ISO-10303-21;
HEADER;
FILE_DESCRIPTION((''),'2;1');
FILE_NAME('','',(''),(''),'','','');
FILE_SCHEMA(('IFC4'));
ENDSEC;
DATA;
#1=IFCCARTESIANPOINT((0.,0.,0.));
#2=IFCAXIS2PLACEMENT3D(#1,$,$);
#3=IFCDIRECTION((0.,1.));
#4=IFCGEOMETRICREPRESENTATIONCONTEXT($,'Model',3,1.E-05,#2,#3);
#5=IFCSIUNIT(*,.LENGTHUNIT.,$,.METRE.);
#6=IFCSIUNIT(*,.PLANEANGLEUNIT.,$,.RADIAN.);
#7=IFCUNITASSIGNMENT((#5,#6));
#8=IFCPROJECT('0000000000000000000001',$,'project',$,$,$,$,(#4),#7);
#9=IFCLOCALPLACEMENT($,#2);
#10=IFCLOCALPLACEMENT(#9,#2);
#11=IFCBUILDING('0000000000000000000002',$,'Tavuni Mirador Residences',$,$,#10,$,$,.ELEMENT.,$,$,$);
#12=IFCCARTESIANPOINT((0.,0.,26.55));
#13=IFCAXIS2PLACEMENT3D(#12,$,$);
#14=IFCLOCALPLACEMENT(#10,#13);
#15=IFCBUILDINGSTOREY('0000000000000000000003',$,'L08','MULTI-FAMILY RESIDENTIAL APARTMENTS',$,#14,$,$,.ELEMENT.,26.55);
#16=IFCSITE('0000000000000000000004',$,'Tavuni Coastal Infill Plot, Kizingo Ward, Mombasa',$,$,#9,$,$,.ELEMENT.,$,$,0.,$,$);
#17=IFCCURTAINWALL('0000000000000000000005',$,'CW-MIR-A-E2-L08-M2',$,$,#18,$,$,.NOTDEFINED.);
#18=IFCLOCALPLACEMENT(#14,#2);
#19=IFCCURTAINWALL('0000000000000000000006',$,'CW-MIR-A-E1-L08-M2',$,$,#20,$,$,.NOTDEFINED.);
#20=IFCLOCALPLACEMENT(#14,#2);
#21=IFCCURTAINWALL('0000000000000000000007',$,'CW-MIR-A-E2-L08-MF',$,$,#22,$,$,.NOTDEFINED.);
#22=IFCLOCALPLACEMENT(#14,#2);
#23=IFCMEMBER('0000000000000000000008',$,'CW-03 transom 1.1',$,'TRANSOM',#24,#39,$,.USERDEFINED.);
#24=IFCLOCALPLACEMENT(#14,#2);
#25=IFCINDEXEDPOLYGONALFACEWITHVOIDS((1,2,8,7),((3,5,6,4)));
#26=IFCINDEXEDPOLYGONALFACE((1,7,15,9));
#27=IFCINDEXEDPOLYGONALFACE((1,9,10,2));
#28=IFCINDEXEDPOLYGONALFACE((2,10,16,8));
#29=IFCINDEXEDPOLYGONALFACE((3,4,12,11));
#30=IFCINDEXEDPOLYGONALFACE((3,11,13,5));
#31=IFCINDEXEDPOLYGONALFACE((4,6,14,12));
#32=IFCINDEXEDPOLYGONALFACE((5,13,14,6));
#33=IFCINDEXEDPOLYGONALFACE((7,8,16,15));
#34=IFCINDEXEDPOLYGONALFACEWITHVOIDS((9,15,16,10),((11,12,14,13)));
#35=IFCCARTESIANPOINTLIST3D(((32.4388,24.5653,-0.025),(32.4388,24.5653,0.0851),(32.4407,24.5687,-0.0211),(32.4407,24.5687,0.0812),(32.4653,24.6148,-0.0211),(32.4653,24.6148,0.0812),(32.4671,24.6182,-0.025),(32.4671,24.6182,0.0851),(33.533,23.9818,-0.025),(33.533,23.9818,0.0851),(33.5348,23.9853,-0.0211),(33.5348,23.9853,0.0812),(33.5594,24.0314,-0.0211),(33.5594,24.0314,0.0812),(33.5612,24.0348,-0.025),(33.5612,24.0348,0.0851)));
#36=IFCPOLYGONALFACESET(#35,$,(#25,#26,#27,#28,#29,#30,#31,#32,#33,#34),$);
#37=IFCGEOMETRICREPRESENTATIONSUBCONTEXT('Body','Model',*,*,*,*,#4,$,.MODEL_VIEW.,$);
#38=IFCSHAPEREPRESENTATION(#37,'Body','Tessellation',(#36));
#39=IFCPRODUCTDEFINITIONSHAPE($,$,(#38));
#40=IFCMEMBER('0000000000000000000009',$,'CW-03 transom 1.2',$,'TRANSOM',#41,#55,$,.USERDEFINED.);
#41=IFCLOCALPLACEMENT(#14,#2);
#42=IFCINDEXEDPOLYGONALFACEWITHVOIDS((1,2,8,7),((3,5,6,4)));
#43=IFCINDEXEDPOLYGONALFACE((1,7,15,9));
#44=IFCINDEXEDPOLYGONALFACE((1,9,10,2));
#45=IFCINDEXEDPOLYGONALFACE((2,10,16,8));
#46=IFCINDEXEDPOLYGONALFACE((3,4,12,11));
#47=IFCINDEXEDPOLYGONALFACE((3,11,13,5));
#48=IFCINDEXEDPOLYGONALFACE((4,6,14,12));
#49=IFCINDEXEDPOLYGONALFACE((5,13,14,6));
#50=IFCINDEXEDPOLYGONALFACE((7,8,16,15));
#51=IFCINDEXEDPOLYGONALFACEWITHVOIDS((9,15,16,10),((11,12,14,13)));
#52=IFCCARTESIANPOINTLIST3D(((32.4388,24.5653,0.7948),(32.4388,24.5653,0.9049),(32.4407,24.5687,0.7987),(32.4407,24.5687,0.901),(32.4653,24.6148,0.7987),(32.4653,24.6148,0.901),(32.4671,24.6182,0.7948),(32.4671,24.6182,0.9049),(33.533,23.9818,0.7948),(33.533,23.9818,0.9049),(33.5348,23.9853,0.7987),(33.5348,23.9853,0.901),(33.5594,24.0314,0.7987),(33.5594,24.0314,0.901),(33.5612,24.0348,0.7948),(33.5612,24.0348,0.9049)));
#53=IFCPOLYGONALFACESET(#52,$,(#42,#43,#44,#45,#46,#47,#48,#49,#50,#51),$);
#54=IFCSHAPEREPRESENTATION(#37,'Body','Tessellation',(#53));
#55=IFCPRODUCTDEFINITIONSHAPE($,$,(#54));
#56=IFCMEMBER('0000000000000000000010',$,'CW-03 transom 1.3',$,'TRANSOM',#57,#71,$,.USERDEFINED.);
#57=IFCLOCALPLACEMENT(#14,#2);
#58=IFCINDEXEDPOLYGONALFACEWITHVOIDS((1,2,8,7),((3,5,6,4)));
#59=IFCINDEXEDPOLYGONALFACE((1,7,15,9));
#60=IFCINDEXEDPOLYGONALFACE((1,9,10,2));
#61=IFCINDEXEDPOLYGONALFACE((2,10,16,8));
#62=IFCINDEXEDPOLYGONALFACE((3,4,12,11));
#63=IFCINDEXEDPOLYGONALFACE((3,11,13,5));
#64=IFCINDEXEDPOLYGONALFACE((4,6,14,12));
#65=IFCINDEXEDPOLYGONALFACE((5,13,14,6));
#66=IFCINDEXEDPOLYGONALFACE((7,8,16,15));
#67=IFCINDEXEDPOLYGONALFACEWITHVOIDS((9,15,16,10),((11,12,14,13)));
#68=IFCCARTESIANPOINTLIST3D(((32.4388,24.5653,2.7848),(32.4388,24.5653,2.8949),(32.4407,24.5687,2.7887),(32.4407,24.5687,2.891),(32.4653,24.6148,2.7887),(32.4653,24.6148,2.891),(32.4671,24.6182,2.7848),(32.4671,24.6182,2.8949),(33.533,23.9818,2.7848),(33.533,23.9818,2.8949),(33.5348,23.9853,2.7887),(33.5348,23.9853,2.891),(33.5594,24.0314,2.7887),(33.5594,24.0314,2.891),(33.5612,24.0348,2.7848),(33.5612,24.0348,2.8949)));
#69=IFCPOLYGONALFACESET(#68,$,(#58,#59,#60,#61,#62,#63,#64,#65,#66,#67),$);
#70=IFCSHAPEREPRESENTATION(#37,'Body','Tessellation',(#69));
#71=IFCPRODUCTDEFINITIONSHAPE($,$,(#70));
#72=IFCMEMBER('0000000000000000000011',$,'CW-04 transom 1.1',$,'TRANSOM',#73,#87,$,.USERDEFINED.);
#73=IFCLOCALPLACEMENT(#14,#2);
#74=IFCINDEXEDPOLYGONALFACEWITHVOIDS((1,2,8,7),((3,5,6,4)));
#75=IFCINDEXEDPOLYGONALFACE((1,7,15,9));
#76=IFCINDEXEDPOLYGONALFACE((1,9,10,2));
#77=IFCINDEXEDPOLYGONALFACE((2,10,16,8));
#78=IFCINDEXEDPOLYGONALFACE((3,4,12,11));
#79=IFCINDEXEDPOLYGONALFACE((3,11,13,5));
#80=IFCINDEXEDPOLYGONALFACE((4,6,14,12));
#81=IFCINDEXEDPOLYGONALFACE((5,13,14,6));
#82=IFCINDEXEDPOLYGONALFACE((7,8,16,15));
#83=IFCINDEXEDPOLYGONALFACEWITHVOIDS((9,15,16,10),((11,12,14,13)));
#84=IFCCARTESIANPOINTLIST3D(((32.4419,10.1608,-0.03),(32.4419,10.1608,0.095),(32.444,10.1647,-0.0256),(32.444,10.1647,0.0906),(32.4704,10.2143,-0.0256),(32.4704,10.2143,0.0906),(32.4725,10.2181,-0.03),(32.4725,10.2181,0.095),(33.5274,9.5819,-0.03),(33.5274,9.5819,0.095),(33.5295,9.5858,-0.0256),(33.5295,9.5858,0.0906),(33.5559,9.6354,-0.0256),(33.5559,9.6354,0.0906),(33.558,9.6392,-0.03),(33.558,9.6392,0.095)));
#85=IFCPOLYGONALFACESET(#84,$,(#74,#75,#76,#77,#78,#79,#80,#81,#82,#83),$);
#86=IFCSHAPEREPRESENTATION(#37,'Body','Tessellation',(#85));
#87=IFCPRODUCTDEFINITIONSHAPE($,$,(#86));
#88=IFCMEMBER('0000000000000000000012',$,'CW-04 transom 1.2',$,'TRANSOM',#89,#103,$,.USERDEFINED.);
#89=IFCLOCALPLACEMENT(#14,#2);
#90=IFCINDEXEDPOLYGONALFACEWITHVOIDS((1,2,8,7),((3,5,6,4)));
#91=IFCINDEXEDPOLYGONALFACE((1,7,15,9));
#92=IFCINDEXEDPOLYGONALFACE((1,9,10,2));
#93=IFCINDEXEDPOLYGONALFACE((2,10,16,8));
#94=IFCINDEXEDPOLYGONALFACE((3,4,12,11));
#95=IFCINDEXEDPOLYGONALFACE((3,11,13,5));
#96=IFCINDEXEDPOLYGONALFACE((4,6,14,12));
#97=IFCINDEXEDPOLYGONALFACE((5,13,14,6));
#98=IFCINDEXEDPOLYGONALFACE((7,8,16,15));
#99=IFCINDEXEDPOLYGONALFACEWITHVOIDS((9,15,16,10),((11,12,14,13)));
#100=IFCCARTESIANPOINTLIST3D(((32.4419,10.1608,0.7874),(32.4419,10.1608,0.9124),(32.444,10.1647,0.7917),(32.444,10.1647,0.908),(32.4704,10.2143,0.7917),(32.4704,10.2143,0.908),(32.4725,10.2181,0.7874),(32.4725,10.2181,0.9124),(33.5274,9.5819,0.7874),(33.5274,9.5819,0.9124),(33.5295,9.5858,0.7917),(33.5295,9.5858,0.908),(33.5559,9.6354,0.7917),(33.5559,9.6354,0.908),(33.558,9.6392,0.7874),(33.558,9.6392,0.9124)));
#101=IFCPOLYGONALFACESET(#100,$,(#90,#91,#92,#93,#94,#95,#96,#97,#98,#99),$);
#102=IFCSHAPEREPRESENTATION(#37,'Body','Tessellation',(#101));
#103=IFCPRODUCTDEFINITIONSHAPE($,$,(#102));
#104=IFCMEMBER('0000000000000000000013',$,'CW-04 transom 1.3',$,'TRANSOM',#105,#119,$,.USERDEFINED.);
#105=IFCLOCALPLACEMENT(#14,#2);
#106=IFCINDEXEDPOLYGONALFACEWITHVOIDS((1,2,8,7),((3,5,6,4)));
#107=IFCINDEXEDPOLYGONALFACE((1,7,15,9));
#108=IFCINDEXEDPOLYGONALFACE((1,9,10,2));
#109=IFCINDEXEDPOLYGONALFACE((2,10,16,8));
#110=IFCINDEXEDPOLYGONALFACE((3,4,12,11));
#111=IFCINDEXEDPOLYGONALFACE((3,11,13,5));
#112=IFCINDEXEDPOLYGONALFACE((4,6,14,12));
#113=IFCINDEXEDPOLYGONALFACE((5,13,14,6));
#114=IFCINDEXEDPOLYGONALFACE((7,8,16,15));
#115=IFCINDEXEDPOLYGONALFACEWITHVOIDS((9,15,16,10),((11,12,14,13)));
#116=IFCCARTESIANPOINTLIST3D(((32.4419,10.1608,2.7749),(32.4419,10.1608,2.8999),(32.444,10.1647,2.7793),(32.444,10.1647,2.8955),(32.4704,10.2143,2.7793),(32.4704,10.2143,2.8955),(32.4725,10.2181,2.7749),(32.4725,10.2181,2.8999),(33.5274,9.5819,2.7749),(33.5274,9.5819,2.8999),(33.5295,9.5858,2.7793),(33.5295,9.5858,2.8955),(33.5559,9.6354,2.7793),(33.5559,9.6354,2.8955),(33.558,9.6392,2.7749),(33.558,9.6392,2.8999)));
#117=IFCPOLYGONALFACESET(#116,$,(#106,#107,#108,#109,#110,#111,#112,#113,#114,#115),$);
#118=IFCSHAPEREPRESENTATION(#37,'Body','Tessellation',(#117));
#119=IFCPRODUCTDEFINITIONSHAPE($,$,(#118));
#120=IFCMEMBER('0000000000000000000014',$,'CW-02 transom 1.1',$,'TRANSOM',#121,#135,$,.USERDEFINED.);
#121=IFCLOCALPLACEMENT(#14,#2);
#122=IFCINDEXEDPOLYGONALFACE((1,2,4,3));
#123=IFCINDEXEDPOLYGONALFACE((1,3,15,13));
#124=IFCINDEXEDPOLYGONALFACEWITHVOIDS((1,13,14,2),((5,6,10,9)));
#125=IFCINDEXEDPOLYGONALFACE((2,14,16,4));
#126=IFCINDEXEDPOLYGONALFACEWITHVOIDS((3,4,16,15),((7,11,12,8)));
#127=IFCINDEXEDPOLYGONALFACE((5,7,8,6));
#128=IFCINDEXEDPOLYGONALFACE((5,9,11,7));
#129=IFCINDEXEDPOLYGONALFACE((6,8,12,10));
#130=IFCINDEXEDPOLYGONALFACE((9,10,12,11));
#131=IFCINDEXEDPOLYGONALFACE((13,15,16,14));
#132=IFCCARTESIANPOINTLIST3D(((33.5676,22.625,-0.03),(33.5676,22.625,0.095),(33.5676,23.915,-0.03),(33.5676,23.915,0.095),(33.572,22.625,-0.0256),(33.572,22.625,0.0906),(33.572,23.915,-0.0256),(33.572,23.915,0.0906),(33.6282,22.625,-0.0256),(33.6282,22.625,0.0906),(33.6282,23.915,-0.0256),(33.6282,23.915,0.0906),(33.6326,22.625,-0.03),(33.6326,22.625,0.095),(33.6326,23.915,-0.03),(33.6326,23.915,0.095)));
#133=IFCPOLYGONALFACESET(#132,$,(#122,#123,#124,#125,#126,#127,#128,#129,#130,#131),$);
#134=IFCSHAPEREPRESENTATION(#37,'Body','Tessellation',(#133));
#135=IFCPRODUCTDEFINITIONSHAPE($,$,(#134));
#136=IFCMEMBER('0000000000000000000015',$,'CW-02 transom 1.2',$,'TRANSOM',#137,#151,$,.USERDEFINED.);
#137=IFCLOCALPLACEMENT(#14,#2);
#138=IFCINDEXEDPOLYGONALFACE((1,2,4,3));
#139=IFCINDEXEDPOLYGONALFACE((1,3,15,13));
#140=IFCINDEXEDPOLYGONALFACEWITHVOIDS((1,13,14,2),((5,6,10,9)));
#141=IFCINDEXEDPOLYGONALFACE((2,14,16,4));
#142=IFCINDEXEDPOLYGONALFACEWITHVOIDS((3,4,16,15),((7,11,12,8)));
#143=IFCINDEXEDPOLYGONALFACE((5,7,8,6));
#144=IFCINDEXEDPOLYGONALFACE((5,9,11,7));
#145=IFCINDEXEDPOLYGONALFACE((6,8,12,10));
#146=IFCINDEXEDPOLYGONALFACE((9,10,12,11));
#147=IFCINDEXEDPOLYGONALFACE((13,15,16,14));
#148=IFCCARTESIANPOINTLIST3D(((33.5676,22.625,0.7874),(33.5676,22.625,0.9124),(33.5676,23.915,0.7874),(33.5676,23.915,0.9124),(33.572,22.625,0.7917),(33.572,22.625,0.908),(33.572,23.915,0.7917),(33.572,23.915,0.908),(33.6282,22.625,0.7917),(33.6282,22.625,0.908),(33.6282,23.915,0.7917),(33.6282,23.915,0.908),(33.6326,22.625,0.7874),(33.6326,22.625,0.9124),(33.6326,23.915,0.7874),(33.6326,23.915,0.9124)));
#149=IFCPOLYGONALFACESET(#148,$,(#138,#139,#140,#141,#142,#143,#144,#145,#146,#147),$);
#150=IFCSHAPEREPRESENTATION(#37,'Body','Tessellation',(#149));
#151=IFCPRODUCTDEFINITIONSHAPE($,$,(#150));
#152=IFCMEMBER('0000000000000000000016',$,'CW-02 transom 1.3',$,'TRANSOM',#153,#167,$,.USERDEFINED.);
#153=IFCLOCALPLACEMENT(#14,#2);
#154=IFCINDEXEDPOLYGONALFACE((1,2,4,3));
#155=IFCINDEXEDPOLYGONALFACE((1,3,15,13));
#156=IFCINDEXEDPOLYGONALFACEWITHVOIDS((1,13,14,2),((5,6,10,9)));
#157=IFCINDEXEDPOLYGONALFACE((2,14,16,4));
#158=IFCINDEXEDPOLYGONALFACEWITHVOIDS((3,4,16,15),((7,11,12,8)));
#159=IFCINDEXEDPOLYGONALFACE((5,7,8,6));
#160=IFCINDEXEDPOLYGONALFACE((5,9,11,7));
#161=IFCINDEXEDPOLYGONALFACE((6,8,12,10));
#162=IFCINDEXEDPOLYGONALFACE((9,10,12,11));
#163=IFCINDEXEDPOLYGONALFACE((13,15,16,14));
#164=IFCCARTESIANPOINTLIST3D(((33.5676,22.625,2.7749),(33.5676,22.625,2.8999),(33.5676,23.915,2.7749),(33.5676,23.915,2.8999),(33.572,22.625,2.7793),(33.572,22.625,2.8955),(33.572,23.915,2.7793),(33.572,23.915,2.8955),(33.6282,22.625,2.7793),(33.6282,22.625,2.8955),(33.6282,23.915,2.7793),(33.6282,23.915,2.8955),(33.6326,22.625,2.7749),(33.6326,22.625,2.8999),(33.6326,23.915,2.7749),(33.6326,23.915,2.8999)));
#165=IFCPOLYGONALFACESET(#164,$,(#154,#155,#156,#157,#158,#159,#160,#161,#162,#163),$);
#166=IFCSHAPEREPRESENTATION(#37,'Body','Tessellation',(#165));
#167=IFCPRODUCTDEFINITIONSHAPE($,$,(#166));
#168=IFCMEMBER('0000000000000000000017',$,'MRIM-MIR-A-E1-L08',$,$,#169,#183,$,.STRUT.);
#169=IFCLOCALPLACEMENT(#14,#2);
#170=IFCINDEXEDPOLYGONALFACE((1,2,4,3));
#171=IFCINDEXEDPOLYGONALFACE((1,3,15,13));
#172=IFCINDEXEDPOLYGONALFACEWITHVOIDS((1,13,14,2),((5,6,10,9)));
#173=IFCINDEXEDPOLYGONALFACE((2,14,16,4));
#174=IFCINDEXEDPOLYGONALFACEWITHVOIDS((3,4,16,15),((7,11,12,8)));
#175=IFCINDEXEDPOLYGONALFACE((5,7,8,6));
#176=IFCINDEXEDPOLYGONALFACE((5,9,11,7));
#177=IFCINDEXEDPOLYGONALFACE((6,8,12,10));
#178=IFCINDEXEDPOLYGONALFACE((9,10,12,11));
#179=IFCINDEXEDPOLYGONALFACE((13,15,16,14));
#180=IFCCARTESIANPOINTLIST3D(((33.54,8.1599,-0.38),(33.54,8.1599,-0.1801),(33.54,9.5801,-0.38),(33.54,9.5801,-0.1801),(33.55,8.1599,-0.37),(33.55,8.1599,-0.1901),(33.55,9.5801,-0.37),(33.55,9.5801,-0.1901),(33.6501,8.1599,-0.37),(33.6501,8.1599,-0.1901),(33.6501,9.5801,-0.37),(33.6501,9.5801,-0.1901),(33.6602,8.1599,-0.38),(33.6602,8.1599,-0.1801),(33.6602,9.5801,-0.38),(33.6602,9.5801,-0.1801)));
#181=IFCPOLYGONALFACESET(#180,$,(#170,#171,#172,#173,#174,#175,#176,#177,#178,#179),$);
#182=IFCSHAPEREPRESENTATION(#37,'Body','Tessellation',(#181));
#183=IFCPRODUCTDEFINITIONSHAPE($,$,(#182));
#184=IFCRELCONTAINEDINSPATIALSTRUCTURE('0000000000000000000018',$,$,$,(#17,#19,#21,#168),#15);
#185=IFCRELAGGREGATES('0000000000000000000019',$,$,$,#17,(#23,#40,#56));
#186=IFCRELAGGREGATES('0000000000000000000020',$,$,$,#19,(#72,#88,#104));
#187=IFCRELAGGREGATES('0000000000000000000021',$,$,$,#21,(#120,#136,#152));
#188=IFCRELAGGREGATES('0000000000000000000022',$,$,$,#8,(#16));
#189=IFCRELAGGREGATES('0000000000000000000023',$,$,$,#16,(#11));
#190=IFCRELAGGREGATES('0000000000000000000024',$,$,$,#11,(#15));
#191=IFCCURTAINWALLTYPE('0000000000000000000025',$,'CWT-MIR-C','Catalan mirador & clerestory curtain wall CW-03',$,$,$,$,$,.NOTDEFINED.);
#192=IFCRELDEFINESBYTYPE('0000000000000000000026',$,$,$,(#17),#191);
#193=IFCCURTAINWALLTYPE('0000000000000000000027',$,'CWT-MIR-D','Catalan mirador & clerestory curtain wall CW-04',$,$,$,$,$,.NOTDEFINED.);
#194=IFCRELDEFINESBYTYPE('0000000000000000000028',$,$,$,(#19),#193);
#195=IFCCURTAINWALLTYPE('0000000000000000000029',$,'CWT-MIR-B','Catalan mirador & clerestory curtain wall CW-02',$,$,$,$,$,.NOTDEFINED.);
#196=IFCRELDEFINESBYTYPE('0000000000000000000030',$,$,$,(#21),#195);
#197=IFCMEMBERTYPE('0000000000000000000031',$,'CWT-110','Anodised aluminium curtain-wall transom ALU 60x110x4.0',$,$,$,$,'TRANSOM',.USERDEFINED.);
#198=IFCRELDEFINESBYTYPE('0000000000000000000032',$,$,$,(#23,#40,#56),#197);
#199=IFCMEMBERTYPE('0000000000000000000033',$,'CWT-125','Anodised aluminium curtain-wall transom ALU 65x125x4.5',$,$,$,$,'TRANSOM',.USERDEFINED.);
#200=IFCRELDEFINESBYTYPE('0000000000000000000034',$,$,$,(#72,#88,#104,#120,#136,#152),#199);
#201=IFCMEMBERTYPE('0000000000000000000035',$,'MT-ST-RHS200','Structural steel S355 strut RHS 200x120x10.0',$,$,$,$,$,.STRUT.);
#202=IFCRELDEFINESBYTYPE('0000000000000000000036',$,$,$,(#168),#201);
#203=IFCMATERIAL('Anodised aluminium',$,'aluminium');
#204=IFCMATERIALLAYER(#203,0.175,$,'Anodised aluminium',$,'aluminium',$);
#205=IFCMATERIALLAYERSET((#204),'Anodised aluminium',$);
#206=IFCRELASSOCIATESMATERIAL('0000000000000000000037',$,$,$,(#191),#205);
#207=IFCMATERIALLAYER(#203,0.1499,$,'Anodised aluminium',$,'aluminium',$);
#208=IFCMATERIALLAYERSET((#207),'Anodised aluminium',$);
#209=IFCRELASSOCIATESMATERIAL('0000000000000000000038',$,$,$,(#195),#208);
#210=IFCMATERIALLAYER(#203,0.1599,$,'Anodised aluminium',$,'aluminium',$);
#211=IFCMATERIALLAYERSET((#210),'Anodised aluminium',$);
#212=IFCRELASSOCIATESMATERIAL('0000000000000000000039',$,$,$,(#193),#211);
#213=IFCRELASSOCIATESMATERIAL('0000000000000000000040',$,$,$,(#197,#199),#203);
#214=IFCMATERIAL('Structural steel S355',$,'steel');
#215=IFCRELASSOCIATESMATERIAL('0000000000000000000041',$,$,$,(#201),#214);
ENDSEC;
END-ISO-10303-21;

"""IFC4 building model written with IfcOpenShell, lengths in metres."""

from ifc_helpers import new_model, si_unit, direction, frame, origin, origin_2d, place, context, subcontext, project, spatial, hollow_rectangle, extrude, material, layer, layer_set, material_profile, profile_set, type_object, element, aggregate, save


model = new_model("IFC4")

# Units and contexts
model_context = context("Model", 3, precision=1e-05, world=origin(), true_north=direction((0.0, 1.0)))
body_context = subcontext(model_context, "Body", "Model", "MODEL_VIEW")
ifc_project = project(units=[si_unit("LENGTHUNIT", "METRE"), si_unit("PLANEANGLEUNIT", "RADIAN")], contexts=[model_context])

# Site, building, storey
site_placement = place(None, origin())
site = spatial("IfcSite", under=ifc_project, at=site_placement, Name="Tavuni Coastal Infill Plot, Kizingo Ward, Mombasa", CompositionType="ELEMENT", RefElevation=0.0)
building_placement = place(site_placement, origin())
building = spatial("IfcBuilding", under=site, at=building_placement, Name="Tavuni Mirador Residences", CompositionType="ELEMENT")
storey_placement = place(building_placement, frame((0.0, 0.0, 26.55)))
storey = spatial("IfcBuildingStorey", under=building, at=storey_placement, Name="L08", Description="MULTI-FAMILY RESIDENTIAL APARTMENTS", CompositionType="ELEMENT", Elevation=26.55)

# Shared definitions
ifc_material_1 = material(Name="Anodised aluminium", Category="aluminium")
ifc_layer_1 = layer(ifc_material_1, 0.175, Name="Anodised aluminium", Category="aluminium")
ifc_layer_set_1 = layer_set([ifc_layer_1], Name="Anodised aluminium")
curtain_wall_type_1 = type_object("IfcCurtainWallType", Name="CWT-MIR-C", Description="Catalan mirador & clerestory curtain wall CW-03", PredefinedType="NOTDEFINED", material=ifc_layer_set_1)

# Curtain walls
curtain_wall_1_placement = place(storey_placement, origin())
curtain_wall_1 = element("IfcCurtainWall", 1, at=curtain_wall_1_placement, inside=storey, type_object=curtain_wall_type_1, Name="CW-MIR-A-E2-L08-M2", PredefinedType="NOTDEFINED")
ifc_layer_2 = layer(ifc_material_1, 0.1499, Name="Anodised aluminium", Category="aluminium")
ifc_layer_set_2 = layer_set([ifc_layer_2], Name="Anodised aluminium")
curtain_wall_type_2 = type_object("IfcCurtainWallType", Name="CWT-MIR-B", Description="Catalan mirador & clerestory curtain wall CW-02", PredefinedType="NOTDEFINED", material=ifc_layer_set_2)
ifc_layer_3 = layer(ifc_material_1, 0.1599, Name="Anodised aluminium", Category="aluminium")
ifc_layer_set_3 = layer_set([ifc_layer_3], Name="Anodised aluminium")
curtain_wall_type_3 = type_object("IfcCurtainWallType", Name="CWT-MIR-D", Description="Catalan mirador & clerestory curtain wall CW-04", PredefinedType="NOTDEFINED", material=ifc_layer_set_3)
curtain_wall_2_placement = place(storey_placement, origin())
curtain_wall_2 = element("IfcCurtainWall", 2, at=curtain_wall_2_placement, inside=storey, type_object=curtain_wall_type_3, Name="CW-MIR-A-E1-L08-M2", PredefinedType="NOTDEFINED")

# Curtain wall
curtain_wall_3_placement = place(storey_placement, origin())
curtain_wall_3 = element("IfcCurtainWall", 3, at=curtain_wall_3_placement, inside=storey, type_object=curtain_wall_type_2, Name="CW-MIR-A-E2-L08-MF", PredefinedType="NOTDEFINED")

# Members
ifc_material_profile_1 = material_profile(ifc_material_1, hollow_rectangle(XDim=0.0601, YDim=0.1101, WallThickness=0.0039, at=origin_2d()), Name="ALU 60x110x4.0", Category="aluminium")
ifc_profile_set_1 = profile_set([ifc_material_profile_1], Name="Anodised aluminium")
member_type_1 = type_object("IfcMemberType", Name="CWT-110", Description="Anodised aluminium curtain-wall transom ALU 60x110x4.0", ElementType="TRANSOM", PredefinedType="USERDEFINED", material=ifc_profile_set_1)
member_1_placement = place(storey_placement, frame((33.5471, 24.0083, 0.03), z_axis=(-0.882386, 0.470527, 0.0), x_axis=(-0.470527, -0.882386, 0.0)))
member_1 = element("IfcMember", 4, at=member_1_placement, type_object=member_type_1, Name="CW-03 transom 1.1", ObjectType="TRANSOM", PredefinedType="USERDEFINED", context=body_context, shape_type="SweptSolid", body=[
    extrude(hollow_rectangle(XDim=0.0601, YDim=0.1101, WallThickness=0.0039, at=origin_2d()), origin(), (0.0, 0.0, 1.0), 1.24),
])
member_2_placement = place(storey_placement, frame((33.5471, 24.0083, 0.8499), z_axis=(-0.882386, 0.470527, 0.0), x_axis=(-0.470527, -0.882386, 0.0)))
member_2 = element("IfcMember", 5, at=member_2_placement, type_object=member_type_1, Name="CW-03 transom 1.2", ObjectType="TRANSOM", PredefinedType="USERDEFINED", context=body_context, shape_type="SweptSolid", body=[
    extrude(hollow_rectangle(XDim=0.0601, YDim=0.1101, WallThickness=0.0039, at=origin_2d()), origin(), (0.0, 0.0, 1.0), 1.24),
])
member_3_placement = place(storey_placement, frame((33.5471, 24.0083, 2.8398), z_axis=(-0.882386, 0.470527, 0.0), x_axis=(-0.470527, -0.882386, 0.0)))
member_3 = element("IfcMember", 6, at=member_3_placement, type_object=member_type_1, Name="CW-03 transom 1.3", ObjectType="TRANSOM", PredefinedType="USERDEFINED", context=body_context, shape_type="SweptSolid", body=[
    extrude(hollow_rectangle(XDim=0.0601, YDim=0.1101, WallThickness=0.0039, at=origin_2d()), origin(), (0.0, 0.0, 1.0), 1.24),
])
aggregate(curtain_wall_1, [member_1, member_2, member_3])
ifc_material_profile_2 = material_profile(ifc_material_1, hollow_rectangle(XDim=0.0649, YDim=0.125, WallThickness=0.0044, at=origin_2d()), Name="ALU 65x125x4.5", Category="aluminium")
ifc_profile_set_2 = profile_set([ifc_material_profile_2], Name="Anodised aluminium")
member_type_2 = type_object("IfcMemberType", Name="CWT-125", Description="Anodised aluminium curtain-wall transom ALU 65x125x4.5", ElementType="TRANSOM", PredefinedType="USERDEFINED", material=ifc_profile_set_2)
member_4_placement = place(storey_placement, frame((33.5427, 9.6106, 0.0325), z_axis=(-0.882369, 0.470557, 0.0), x_axis=(-0.470557, -0.882369, 0.0)))
member_4 = element("IfcMember", 7, at=member_4_placement, type_object=member_type_2, Name="CW-04 transom 1.1", ObjectType="TRANSOM", PredefinedType="USERDEFINED", context=body_context, shape_type="SweptSolid", body=[
    extrude(hollow_rectangle(XDim=0.0649, YDim=0.125, WallThickness=0.0044, at=origin_2d()), origin(), (0.0, 0.0, 1.0), 1.2302),
])
member_5_placement = place(storey_placement, frame((33.5427, 9.6106, 0.8499), z_axis=(-0.882369, 0.470557, 0.0), x_axis=(-0.470557, -0.882369, 0.0)))
member_5 = element("IfcMember", 8, at=member_5_placement, type_object=member_type_2, Name="CW-04 transom 1.2", ObjectType="TRANSOM", PredefinedType="USERDEFINED", context=body_context, shape_type="SweptSolid", body=[
    extrude(hollow_rectangle(XDim=0.0649, YDim=0.125, WallThickness=0.0044, at=origin_2d()), origin(), (0.0, 0.0, 1.0), 1.2302),
])
member_6_placement = place(storey_placement, frame((33.5427, 9.6106, 2.8374), z_axis=(-0.882369, 0.470557, 0.0), x_axis=(-0.470557, -0.882369, 0.0)))
member_6 = element("IfcMember", 9, at=member_6_placement, type_object=member_type_2, Name="CW-04 transom 1.3", ObjectType="TRANSOM", PredefinedType="USERDEFINED", context=body_context, shape_type="SweptSolid", body=[
    extrude(hollow_rectangle(XDim=0.0649, YDim=0.125, WallThickness=0.0044, at=origin_2d()), origin(), (0.0, 0.0, 1.0), 1.2302),
])
member_7_placement = place(storey_placement, frame((33.6001, 22.625, 0.0325), z_axis=(0.0, 1.0, 0.0), x_axis=(-1.0, 0.0, 0.0)))
member_7 = element("IfcMember", 10, at=member_7_placement, type_object=member_type_2, Name="CW-02 transom 1.1", ObjectType="TRANSOM", PredefinedType="USERDEFINED", context=body_context, shape_type="SweptSolid", body=[
    extrude(hollow_rectangle(XDim=0.0649, YDim=0.125, WallThickness=0.0044, at=origin_2d()), origin(), (0.0, 0.0, 1.0), 1.29),
])
member_8_placement = place(storey_placement, frame((33.6001, 22.625, 0.8499), z_axis=(0.0, 1.0, 0.0), x_axis=(-1.0, 0.0, 0.0)))
member_8 = element("IfcMember", 11, at=member_8_placement, type_object=member_type_2, Name="CW-02 transom 1.2", ObjectType="TRANSOM", PredefinedType="USERDEFINED", context=body_context, shape_type="SweptSolid", body=[
    extrude(hollow_rectangle(XDim=0.0649, YDim=0.125, WallThickness=0.0044, at=origin_2d()), origin(), (0.0, 0.0, 1.0), 1.29),
])
member_9_placement = place(storey_placement, frame((33.6001, 22.625, 2.8374), z_axis=(0.0, 1.0, 0.0), x_axis=(-1.0, 0.0, 0.0)))
member_9 = element("IfcMember", 12, at=member_9_placement, type_object=member_type_2, Name="CW-02 transom 1.3", ObjectType="TRANSOM", PredefinedType="USERDEFINED", context=body_context, shape_type="SweptSolid", body=[
    extrude(hollow_rectangle(XDim=0.0649, YDim=0.125, WallThickness=0.0044, at=origin_2d()), origin(), (0.0, 0.0, 1.0), 1.29),
])

# Member
ifc_material_2 = material(Name="Structural steel S355", Category="steel")
ifc_material_profile_3 = material_profile(ifc_material_2, hollow_rectangle(XDim=0.1201, YDim=0.2, WallThickness=0.01, at=origin_2d()), Name="RHS 200x120x10.0", Category="steel")
ifc_profile_set_3 = profile_set([ifc_material_profile_3], Name="Structural steel S355")
member_type_3 = type_object("IfcMemberType", Name="MT-ST-RHS200", Description="Structural steel S355 strut RHS 200x120x10.0", PredefinedType="STRUT", material=ifc_profile_set_3)
member_10_placement = place(storey_placement, frame((33.6001, 8.1599, -0.28), z_axis=(0.0, 1.0, 0.0), x_axis=(-1.0, 0.0, 0.0)))
element("IfcMember", 13, at=member_10_placement, inside=storey, type_object=member_type_3, Name="MRIM-MIR-A-E1-L08", PredefinedType="STRUT", context=body_context, shape_type="SweptSolid", body=[
    extrude(hollow_rectangle(XDim=0.1201, YDim=0.2, WallThickness=0.01, at=origin_2d()), origin(), (0.0, 0.0, 1.0), 1.4202),
])

aggregate(curtain_wall_2, [member_4, member_5, member_6])
aggregate(curtain_wall_3, [member_7, member_8, member_9])

save(model, "model.ifc")
